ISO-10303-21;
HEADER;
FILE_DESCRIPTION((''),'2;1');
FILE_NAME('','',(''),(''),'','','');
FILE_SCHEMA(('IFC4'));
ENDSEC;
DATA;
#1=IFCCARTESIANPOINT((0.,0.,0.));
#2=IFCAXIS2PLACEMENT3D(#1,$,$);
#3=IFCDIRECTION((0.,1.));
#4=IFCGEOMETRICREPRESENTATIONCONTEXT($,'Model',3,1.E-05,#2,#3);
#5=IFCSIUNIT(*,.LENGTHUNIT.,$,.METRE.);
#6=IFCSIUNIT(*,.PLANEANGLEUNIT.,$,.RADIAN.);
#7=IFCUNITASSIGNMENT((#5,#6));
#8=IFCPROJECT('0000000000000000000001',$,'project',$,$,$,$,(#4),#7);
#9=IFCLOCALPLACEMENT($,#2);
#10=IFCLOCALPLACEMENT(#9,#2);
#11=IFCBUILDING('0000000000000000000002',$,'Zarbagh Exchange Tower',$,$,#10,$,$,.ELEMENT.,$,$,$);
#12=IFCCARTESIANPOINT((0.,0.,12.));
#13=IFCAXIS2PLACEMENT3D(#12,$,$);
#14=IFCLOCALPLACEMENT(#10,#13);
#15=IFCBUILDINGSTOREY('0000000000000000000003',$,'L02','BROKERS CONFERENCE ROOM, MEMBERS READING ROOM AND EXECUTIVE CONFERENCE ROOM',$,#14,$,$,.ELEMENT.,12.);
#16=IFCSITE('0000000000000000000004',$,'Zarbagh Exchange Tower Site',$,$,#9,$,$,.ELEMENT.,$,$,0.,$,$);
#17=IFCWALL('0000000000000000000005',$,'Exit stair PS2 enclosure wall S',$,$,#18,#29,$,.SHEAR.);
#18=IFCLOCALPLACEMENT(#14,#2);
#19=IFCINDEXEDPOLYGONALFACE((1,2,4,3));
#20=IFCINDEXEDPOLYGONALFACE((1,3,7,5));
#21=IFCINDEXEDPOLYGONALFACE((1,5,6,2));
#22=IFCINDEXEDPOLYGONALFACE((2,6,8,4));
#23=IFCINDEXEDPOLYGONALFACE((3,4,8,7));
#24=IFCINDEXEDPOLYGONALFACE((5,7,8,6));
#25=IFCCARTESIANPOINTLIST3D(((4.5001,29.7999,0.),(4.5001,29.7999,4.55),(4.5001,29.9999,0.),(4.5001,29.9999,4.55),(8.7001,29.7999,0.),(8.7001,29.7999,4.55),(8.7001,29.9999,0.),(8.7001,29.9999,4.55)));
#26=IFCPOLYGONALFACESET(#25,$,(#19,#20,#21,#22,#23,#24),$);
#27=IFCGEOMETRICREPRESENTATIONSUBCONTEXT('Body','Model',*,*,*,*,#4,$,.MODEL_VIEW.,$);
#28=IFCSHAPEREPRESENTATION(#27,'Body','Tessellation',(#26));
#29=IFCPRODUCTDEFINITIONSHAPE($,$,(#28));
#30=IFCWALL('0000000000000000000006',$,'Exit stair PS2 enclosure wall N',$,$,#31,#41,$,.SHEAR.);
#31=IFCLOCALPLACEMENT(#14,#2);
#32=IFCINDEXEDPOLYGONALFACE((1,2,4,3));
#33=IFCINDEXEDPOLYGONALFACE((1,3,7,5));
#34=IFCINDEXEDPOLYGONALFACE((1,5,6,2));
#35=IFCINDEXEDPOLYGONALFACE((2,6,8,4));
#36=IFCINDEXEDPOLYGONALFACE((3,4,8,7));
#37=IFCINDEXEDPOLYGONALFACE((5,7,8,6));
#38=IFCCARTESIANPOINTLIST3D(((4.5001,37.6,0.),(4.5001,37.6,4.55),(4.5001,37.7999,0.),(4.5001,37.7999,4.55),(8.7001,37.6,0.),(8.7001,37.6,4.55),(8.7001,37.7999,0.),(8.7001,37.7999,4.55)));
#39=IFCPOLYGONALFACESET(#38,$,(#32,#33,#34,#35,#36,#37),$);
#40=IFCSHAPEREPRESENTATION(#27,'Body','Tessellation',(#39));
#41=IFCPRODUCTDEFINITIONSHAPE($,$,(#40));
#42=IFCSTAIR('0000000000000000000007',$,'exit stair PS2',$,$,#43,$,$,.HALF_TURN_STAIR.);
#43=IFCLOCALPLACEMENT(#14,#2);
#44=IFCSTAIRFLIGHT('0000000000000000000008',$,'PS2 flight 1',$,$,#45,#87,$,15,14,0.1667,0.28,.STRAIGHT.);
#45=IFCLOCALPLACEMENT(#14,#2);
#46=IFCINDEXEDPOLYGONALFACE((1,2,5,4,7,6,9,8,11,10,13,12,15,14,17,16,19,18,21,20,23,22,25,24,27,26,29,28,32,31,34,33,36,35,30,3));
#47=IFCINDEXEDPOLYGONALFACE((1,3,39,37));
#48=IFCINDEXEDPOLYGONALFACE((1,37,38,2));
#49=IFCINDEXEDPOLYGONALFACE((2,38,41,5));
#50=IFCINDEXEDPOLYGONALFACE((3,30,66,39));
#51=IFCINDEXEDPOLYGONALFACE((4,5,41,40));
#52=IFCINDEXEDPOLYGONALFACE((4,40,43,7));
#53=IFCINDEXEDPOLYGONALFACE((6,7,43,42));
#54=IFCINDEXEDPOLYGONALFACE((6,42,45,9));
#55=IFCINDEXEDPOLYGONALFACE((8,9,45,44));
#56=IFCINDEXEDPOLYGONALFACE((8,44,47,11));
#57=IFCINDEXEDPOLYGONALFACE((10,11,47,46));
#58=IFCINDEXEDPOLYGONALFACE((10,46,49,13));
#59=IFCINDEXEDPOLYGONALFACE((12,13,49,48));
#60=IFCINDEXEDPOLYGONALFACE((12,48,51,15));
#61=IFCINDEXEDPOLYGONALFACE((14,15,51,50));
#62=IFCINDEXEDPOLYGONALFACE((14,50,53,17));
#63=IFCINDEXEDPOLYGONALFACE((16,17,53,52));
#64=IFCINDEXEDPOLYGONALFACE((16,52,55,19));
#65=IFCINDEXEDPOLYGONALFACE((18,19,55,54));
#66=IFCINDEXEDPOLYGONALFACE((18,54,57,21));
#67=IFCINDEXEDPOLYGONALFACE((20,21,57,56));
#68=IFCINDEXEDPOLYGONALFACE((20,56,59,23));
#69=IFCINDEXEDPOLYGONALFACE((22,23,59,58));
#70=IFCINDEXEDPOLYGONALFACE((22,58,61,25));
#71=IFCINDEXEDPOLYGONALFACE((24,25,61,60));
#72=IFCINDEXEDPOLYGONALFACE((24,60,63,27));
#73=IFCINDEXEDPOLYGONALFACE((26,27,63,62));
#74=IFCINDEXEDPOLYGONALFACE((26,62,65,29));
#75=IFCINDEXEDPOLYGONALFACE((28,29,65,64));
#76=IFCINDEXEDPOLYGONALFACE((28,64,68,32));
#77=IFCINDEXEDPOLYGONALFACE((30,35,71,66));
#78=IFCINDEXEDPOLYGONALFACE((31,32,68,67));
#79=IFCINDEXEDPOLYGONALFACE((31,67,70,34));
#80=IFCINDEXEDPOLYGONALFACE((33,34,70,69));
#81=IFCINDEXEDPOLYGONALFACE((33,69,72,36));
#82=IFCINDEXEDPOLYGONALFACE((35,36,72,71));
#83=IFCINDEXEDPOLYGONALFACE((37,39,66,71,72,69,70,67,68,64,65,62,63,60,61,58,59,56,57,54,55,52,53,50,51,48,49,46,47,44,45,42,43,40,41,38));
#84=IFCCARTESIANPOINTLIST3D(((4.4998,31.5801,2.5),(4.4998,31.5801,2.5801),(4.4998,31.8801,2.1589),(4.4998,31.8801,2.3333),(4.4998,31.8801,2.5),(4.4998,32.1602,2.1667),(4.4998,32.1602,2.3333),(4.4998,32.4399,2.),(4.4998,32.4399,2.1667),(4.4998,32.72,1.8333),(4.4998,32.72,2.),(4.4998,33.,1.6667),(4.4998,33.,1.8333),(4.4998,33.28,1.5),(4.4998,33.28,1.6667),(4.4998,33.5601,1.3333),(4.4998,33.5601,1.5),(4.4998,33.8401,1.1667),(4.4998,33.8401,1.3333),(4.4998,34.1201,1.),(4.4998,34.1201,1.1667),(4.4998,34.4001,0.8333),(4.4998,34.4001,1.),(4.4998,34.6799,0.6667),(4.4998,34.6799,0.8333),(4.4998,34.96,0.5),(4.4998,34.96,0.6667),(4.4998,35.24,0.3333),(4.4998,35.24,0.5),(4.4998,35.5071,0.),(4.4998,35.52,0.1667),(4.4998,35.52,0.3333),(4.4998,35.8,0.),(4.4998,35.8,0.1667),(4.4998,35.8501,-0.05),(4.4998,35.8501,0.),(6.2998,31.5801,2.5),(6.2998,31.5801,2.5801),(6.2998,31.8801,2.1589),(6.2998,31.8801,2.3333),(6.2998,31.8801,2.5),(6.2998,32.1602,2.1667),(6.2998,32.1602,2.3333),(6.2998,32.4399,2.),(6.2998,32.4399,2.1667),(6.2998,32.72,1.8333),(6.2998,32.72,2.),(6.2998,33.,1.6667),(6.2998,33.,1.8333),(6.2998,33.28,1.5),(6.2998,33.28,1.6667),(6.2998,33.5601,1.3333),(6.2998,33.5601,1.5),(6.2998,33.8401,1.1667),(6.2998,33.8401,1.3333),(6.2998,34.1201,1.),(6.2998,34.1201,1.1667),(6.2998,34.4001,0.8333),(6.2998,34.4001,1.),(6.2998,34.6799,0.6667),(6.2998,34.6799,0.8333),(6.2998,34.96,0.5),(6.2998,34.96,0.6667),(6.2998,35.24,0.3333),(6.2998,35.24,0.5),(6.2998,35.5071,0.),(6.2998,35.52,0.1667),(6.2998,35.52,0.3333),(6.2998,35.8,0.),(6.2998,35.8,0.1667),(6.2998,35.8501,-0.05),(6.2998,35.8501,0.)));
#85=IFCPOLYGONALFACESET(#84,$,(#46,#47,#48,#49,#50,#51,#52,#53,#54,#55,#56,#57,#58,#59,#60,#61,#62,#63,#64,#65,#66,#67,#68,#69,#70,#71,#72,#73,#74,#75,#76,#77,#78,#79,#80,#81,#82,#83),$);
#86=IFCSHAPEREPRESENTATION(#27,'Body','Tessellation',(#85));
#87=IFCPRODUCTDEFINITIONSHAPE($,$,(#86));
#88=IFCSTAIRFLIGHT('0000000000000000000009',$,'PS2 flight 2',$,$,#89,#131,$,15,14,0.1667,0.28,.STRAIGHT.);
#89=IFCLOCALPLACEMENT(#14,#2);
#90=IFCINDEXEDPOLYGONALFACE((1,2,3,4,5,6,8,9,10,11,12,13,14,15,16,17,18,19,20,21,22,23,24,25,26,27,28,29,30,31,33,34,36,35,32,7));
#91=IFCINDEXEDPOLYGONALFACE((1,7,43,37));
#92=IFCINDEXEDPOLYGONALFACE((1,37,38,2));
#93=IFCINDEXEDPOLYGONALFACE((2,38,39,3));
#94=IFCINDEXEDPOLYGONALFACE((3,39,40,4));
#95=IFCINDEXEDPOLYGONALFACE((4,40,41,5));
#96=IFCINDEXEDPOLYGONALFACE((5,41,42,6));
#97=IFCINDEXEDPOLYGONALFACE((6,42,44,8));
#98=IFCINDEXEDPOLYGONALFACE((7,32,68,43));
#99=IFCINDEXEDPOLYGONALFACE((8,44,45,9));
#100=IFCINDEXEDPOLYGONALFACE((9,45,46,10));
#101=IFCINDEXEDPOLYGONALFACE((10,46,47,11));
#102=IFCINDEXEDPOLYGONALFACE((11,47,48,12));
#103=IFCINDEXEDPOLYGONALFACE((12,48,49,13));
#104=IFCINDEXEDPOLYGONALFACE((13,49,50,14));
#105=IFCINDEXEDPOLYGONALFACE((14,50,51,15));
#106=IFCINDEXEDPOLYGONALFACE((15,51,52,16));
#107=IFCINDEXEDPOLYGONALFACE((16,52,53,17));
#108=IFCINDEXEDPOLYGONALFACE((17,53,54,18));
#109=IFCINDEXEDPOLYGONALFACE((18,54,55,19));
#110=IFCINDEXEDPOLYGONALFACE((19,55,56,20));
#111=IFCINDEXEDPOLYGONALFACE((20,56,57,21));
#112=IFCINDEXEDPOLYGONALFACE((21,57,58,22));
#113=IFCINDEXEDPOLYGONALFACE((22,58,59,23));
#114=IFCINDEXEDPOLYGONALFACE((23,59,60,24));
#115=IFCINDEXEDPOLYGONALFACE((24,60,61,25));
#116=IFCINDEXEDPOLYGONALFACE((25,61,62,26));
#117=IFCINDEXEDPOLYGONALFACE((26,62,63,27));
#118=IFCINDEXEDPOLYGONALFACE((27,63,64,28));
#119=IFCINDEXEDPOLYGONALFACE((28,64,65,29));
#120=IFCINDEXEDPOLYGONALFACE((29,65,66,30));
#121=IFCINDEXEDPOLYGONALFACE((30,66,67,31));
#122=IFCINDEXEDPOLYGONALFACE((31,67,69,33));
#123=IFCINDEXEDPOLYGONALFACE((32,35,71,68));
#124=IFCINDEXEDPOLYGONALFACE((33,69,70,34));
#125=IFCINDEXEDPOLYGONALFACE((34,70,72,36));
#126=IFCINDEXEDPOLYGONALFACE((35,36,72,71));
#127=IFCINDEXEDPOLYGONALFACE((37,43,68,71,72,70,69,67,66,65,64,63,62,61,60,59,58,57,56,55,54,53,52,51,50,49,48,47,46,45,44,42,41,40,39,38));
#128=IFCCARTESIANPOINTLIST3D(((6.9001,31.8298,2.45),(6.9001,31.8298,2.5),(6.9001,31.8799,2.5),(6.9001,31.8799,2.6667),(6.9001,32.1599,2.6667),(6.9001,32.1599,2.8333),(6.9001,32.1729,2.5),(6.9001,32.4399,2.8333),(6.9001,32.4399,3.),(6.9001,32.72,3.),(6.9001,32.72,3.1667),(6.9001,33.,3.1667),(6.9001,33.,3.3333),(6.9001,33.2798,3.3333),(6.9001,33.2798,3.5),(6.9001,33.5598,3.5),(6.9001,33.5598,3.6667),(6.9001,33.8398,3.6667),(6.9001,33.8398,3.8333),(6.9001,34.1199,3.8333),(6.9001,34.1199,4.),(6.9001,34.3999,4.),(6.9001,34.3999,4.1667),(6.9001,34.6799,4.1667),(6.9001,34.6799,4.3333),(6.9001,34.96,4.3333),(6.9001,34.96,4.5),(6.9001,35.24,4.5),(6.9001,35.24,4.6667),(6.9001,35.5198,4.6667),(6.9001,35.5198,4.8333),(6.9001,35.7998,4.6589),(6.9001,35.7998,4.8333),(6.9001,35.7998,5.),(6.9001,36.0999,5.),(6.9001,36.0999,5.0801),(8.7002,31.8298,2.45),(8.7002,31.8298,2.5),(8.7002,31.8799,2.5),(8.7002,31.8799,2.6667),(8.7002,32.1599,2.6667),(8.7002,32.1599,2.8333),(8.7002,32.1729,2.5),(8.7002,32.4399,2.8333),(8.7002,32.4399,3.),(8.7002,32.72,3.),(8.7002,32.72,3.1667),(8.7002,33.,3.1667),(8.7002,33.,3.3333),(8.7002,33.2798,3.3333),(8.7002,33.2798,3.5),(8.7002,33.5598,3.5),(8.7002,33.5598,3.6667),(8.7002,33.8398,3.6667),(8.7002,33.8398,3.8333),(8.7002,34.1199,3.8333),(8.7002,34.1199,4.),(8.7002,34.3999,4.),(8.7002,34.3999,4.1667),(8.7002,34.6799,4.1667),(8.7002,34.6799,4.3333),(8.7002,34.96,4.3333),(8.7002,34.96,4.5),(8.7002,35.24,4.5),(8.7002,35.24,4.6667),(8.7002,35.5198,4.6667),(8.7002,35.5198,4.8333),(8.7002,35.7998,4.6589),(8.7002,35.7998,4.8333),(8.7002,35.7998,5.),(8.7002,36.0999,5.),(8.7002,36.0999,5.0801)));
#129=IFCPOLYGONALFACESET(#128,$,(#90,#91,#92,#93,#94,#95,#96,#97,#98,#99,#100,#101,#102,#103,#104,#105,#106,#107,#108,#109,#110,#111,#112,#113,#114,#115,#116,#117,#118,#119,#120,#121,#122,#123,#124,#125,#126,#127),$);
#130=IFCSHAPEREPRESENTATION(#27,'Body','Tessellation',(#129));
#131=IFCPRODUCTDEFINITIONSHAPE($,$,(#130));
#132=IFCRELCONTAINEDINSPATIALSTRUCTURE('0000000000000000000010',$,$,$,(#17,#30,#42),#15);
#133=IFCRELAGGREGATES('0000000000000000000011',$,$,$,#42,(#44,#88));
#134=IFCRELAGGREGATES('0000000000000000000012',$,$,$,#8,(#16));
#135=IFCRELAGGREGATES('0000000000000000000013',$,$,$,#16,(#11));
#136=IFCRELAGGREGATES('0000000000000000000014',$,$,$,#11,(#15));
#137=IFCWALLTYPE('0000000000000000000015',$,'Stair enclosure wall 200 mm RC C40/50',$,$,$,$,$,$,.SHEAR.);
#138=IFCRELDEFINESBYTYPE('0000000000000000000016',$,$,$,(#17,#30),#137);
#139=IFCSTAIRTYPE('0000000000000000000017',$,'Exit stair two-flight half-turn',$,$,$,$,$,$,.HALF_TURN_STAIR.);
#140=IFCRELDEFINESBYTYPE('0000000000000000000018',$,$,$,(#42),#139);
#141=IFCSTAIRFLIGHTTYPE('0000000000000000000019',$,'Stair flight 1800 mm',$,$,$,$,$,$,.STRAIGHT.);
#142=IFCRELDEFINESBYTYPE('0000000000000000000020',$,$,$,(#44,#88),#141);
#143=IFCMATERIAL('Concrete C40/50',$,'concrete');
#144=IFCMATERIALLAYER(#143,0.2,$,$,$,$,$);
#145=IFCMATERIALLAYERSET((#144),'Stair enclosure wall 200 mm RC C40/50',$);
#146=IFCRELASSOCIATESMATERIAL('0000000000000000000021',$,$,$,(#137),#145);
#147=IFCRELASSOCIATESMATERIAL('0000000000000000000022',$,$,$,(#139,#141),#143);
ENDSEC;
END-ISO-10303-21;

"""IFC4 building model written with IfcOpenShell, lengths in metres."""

from ifc_helpers import new_model, si_unit, direction, frame, frame_2d, origin, place, context, subcontext, project, spatial, polyline, rectangle, outline, extrude, material, layer, layer_set, type_object, element, aggregate, save


model = new_model("IFC4")

# Units and contexts
model_context = context("Model", 3, precision=1e-05, world=origin(), true_north=direction((0.0, 1.0)))
body_context = subcontext(model_context, "Body", "Model", "MODEL_VIEW")
ifc_project = project(units=[si_unit("LENGTHUNIT", "METRE"), si_unit("PLANEANGLEUNIT", "RADIAN")], contexts=[model_context])

# Site, building, storey
site_placement = place(None, origin())
site = spatial("IfcSite", under=ifc_project, at=site_placement, Name="Zarbagh Exchange Tower Site", CompositionType="ELEMENT", RefElevation=0.0)
building_placement = place(site_placement, origin())
building = spatial("IfcBuilding", under=site, at=building_placement, Name="Zarbagh Exchange Tower", CompositionType="ELEMENT")
storey_placement = place(building_placement, frame((0.0, 0.0, 12.0)))
storey = spatial("IfcBuildingStorey", under=building, at=storey_placement, Name="L02", Description="BROKERS CONFERENCE ROOM, MEMBERS READING ROOM AND EXECUTIVE CONFERENCE ROOM", CompositionType="ELEMENT", Elevation=12.0)

# Shared definitions
ifc_material_1 = material(Name="Concrete C40/50", Category="concrete")
ifc_layer_1 = layer(ifc_material_1, 0.2)
ifc_layer_set_1 = layer_set([ifc_layer_1], Name="Stair enclosure wall 200 mm RC C40/50")
wall_type_1 = type_object("IfcWallType", Name="Stair enclosure wall 200 mm RC C40/50", PredefinedType="SHEAR", material=ifc_layer_set_1)

# Walls
for number, where, z_axis, x_axis, name in (
    (1, (4.5, 29.8999, 0.0), (0.0, 0.0, 1.0), (1.0, 0.0, 0.0), "Exit stair PS2 enclosure wall S"),
    (2, (4.5, 37.7, 0.0), (0.0, 0.0, 1.0), (1.0, 0.0, 0.0), "Exit stair PS2 enclosure wall N"),
):
    element("IfcWall", number, at=place(storey_placement, frame(where, z_axis=z_axis, x_axis=x_axis)), inside=storey, type_object=wall_type_1, Name=name, PredefinedType="SHEAR", context=body_context, shape_type="SweptSolid", body=[
        extrude(rectangle(XDim=4.2, YDim=0.2, at=frame_2d((2.1001, 0.0))), origin(), (0.0, 0.0, 1.0), 4.55),
    ])

# Stair, stair flights
stair_type = type_object("IfcStairType", Name="Exit stair two-flight half-turn", PredefinedType="HALF_TURN_STAIR", material=ifc_material_1)
stair_placement = place(storey_placement, origin())
stair = element("IfcStair", 3, at=stair_placement, inside=storey, type_object=stair_type, Name="exit stair PS2", PredefinedType="HALF_TURN_STAIR")
stair_flight_type = type_object("IfcStairFlightType", Name="Stair flight 1800 mm", PredefinedType="STRAIGHT", material=ifc_material_1)
stair_flight_1_placement = place(storey_placement, frame((5.3999, 35.8, 0.0), z_axis=(0.0, 0.0, 1.0), x_axis=(0.0, -1.0, 0.0)))
stair_flight_1 = element("IfcStairFlight", 4, at=stair_flight_1_placement, type_object=stair_flight_type, Name="PS2 flight 1", NumberOfRisers=15, NumberOfTreads=14, PredefinedType="STRAIGHT", RiserHeight=0.1667, TreadLength=0.28, context=body_context, shape_type="SweptSolid", body=[
    extrude(outline(polyline([(-0.05, -0.05), (-0.05, 0.0), (0.0, 0.0), (0.0, 0.1667), (0.28, 0.1667), (0.28, 0.3333), (0.5601, 0.3333), (0.5601, 0.5), (0.8401, 0.5), (0.8401, 0.6667), (1.1201, 0.6667), (1.1201, 0.8333), (1.3999, 0.8333), (1.3999, 1.0), (1.6799, 1.0), (1.6799, 1.1667), (1.96, 1.1667), (1.96, 1.3333), (2.24, 1.3333), (2.24, 1.5), (2.52, 1.5), (2.52, 1.6667), (2.8, 1.6667), (2.8, 1.8333), (3.0801, 1.8333), (3.0801, 2.0), (3.3601, 2.0), (3.3601, 2.1667), (3.6399, 2.1667), (3.6399, 2.3333), (3.9199, 2.3333), (3.9199, 2.5), (4.22, 2.5801), (4.22, 2.5), (3.9199, 2.1589), (0.293, 0.0), (-0.05, -0.05)])), frame((0.0, 0.8999, 0.0), z_axis=(0.0, -1.0, 0.0), x_axis=(1.0, 0.0, 0.0)), (0.0, 0.0, 1.0), 1.8),
])
stair_flight_2_placement = place(storey_placement, frame((7.8, 31.8799, 2.5), z_axis=(0.0, 0.0, 1.0), x_axis=(0.0, 1.0, 0.0)))
stair_flight_2 = element("IfcStairFlight", 5, at=stair_flight_2_placement, type_object=stair_flight_type, Name="PS2 flight 2", NumberOfRisers=15, NumberOfTreads=14, PredefinedType="STRAIGHT", RiserHeight=0.1667, TreadLength=0.28, context=body_context, shape_type="SweptSolid", body=[
    extrude(outline(polyline([(-0.05, -0.05), (-0.05, 0.0), (0.0, 0.0), (0.0, 0.1667), (0.28, 0.1667), (0.28, 0.3333), (0.5601, 0.3333), (0.5601, 0.5), (0.8401, 0.5), (0.8401, 0.6667), (1.1201, 0.6667), (1.1201, 0.8333), (1.3999, 0.8333), (1.3999, 1.0), (1.6799, 1.0), (1.6799, 1.1667), (1.96, 1.1667), (1.96, 1.3333), (2.24, 1.3333), (2.24, 1.5), (2.52, 1.5), (2.52, 1.6667), (2.8, 1.6667), (2.8, 1.8333), (3.0801, 1.8333), (3.0801, 2.0), (3.3601, 2.0), (3.3601, 2.1667), (3.6399, 2.1667), (3.6399, 2.3333), (3.9199, 2.3333), (3.9199, 2.5), (4.22, 2.5801), (4.22, 2.5), (3.9199, 2.1589), (0.293, 0.0), (-0.05, -0.05)])), frame((0.0, 0.8999, 0.0), z_axis=(0.0, -1.0, 0.0), x_axis=(1.0, 0.0, 0.0)), (0.0, 0.0, 1.0), 1.8),
])
aggregate(stair, [stair_flight_1, stair_flight_2])

save(model, "model.ifc")
